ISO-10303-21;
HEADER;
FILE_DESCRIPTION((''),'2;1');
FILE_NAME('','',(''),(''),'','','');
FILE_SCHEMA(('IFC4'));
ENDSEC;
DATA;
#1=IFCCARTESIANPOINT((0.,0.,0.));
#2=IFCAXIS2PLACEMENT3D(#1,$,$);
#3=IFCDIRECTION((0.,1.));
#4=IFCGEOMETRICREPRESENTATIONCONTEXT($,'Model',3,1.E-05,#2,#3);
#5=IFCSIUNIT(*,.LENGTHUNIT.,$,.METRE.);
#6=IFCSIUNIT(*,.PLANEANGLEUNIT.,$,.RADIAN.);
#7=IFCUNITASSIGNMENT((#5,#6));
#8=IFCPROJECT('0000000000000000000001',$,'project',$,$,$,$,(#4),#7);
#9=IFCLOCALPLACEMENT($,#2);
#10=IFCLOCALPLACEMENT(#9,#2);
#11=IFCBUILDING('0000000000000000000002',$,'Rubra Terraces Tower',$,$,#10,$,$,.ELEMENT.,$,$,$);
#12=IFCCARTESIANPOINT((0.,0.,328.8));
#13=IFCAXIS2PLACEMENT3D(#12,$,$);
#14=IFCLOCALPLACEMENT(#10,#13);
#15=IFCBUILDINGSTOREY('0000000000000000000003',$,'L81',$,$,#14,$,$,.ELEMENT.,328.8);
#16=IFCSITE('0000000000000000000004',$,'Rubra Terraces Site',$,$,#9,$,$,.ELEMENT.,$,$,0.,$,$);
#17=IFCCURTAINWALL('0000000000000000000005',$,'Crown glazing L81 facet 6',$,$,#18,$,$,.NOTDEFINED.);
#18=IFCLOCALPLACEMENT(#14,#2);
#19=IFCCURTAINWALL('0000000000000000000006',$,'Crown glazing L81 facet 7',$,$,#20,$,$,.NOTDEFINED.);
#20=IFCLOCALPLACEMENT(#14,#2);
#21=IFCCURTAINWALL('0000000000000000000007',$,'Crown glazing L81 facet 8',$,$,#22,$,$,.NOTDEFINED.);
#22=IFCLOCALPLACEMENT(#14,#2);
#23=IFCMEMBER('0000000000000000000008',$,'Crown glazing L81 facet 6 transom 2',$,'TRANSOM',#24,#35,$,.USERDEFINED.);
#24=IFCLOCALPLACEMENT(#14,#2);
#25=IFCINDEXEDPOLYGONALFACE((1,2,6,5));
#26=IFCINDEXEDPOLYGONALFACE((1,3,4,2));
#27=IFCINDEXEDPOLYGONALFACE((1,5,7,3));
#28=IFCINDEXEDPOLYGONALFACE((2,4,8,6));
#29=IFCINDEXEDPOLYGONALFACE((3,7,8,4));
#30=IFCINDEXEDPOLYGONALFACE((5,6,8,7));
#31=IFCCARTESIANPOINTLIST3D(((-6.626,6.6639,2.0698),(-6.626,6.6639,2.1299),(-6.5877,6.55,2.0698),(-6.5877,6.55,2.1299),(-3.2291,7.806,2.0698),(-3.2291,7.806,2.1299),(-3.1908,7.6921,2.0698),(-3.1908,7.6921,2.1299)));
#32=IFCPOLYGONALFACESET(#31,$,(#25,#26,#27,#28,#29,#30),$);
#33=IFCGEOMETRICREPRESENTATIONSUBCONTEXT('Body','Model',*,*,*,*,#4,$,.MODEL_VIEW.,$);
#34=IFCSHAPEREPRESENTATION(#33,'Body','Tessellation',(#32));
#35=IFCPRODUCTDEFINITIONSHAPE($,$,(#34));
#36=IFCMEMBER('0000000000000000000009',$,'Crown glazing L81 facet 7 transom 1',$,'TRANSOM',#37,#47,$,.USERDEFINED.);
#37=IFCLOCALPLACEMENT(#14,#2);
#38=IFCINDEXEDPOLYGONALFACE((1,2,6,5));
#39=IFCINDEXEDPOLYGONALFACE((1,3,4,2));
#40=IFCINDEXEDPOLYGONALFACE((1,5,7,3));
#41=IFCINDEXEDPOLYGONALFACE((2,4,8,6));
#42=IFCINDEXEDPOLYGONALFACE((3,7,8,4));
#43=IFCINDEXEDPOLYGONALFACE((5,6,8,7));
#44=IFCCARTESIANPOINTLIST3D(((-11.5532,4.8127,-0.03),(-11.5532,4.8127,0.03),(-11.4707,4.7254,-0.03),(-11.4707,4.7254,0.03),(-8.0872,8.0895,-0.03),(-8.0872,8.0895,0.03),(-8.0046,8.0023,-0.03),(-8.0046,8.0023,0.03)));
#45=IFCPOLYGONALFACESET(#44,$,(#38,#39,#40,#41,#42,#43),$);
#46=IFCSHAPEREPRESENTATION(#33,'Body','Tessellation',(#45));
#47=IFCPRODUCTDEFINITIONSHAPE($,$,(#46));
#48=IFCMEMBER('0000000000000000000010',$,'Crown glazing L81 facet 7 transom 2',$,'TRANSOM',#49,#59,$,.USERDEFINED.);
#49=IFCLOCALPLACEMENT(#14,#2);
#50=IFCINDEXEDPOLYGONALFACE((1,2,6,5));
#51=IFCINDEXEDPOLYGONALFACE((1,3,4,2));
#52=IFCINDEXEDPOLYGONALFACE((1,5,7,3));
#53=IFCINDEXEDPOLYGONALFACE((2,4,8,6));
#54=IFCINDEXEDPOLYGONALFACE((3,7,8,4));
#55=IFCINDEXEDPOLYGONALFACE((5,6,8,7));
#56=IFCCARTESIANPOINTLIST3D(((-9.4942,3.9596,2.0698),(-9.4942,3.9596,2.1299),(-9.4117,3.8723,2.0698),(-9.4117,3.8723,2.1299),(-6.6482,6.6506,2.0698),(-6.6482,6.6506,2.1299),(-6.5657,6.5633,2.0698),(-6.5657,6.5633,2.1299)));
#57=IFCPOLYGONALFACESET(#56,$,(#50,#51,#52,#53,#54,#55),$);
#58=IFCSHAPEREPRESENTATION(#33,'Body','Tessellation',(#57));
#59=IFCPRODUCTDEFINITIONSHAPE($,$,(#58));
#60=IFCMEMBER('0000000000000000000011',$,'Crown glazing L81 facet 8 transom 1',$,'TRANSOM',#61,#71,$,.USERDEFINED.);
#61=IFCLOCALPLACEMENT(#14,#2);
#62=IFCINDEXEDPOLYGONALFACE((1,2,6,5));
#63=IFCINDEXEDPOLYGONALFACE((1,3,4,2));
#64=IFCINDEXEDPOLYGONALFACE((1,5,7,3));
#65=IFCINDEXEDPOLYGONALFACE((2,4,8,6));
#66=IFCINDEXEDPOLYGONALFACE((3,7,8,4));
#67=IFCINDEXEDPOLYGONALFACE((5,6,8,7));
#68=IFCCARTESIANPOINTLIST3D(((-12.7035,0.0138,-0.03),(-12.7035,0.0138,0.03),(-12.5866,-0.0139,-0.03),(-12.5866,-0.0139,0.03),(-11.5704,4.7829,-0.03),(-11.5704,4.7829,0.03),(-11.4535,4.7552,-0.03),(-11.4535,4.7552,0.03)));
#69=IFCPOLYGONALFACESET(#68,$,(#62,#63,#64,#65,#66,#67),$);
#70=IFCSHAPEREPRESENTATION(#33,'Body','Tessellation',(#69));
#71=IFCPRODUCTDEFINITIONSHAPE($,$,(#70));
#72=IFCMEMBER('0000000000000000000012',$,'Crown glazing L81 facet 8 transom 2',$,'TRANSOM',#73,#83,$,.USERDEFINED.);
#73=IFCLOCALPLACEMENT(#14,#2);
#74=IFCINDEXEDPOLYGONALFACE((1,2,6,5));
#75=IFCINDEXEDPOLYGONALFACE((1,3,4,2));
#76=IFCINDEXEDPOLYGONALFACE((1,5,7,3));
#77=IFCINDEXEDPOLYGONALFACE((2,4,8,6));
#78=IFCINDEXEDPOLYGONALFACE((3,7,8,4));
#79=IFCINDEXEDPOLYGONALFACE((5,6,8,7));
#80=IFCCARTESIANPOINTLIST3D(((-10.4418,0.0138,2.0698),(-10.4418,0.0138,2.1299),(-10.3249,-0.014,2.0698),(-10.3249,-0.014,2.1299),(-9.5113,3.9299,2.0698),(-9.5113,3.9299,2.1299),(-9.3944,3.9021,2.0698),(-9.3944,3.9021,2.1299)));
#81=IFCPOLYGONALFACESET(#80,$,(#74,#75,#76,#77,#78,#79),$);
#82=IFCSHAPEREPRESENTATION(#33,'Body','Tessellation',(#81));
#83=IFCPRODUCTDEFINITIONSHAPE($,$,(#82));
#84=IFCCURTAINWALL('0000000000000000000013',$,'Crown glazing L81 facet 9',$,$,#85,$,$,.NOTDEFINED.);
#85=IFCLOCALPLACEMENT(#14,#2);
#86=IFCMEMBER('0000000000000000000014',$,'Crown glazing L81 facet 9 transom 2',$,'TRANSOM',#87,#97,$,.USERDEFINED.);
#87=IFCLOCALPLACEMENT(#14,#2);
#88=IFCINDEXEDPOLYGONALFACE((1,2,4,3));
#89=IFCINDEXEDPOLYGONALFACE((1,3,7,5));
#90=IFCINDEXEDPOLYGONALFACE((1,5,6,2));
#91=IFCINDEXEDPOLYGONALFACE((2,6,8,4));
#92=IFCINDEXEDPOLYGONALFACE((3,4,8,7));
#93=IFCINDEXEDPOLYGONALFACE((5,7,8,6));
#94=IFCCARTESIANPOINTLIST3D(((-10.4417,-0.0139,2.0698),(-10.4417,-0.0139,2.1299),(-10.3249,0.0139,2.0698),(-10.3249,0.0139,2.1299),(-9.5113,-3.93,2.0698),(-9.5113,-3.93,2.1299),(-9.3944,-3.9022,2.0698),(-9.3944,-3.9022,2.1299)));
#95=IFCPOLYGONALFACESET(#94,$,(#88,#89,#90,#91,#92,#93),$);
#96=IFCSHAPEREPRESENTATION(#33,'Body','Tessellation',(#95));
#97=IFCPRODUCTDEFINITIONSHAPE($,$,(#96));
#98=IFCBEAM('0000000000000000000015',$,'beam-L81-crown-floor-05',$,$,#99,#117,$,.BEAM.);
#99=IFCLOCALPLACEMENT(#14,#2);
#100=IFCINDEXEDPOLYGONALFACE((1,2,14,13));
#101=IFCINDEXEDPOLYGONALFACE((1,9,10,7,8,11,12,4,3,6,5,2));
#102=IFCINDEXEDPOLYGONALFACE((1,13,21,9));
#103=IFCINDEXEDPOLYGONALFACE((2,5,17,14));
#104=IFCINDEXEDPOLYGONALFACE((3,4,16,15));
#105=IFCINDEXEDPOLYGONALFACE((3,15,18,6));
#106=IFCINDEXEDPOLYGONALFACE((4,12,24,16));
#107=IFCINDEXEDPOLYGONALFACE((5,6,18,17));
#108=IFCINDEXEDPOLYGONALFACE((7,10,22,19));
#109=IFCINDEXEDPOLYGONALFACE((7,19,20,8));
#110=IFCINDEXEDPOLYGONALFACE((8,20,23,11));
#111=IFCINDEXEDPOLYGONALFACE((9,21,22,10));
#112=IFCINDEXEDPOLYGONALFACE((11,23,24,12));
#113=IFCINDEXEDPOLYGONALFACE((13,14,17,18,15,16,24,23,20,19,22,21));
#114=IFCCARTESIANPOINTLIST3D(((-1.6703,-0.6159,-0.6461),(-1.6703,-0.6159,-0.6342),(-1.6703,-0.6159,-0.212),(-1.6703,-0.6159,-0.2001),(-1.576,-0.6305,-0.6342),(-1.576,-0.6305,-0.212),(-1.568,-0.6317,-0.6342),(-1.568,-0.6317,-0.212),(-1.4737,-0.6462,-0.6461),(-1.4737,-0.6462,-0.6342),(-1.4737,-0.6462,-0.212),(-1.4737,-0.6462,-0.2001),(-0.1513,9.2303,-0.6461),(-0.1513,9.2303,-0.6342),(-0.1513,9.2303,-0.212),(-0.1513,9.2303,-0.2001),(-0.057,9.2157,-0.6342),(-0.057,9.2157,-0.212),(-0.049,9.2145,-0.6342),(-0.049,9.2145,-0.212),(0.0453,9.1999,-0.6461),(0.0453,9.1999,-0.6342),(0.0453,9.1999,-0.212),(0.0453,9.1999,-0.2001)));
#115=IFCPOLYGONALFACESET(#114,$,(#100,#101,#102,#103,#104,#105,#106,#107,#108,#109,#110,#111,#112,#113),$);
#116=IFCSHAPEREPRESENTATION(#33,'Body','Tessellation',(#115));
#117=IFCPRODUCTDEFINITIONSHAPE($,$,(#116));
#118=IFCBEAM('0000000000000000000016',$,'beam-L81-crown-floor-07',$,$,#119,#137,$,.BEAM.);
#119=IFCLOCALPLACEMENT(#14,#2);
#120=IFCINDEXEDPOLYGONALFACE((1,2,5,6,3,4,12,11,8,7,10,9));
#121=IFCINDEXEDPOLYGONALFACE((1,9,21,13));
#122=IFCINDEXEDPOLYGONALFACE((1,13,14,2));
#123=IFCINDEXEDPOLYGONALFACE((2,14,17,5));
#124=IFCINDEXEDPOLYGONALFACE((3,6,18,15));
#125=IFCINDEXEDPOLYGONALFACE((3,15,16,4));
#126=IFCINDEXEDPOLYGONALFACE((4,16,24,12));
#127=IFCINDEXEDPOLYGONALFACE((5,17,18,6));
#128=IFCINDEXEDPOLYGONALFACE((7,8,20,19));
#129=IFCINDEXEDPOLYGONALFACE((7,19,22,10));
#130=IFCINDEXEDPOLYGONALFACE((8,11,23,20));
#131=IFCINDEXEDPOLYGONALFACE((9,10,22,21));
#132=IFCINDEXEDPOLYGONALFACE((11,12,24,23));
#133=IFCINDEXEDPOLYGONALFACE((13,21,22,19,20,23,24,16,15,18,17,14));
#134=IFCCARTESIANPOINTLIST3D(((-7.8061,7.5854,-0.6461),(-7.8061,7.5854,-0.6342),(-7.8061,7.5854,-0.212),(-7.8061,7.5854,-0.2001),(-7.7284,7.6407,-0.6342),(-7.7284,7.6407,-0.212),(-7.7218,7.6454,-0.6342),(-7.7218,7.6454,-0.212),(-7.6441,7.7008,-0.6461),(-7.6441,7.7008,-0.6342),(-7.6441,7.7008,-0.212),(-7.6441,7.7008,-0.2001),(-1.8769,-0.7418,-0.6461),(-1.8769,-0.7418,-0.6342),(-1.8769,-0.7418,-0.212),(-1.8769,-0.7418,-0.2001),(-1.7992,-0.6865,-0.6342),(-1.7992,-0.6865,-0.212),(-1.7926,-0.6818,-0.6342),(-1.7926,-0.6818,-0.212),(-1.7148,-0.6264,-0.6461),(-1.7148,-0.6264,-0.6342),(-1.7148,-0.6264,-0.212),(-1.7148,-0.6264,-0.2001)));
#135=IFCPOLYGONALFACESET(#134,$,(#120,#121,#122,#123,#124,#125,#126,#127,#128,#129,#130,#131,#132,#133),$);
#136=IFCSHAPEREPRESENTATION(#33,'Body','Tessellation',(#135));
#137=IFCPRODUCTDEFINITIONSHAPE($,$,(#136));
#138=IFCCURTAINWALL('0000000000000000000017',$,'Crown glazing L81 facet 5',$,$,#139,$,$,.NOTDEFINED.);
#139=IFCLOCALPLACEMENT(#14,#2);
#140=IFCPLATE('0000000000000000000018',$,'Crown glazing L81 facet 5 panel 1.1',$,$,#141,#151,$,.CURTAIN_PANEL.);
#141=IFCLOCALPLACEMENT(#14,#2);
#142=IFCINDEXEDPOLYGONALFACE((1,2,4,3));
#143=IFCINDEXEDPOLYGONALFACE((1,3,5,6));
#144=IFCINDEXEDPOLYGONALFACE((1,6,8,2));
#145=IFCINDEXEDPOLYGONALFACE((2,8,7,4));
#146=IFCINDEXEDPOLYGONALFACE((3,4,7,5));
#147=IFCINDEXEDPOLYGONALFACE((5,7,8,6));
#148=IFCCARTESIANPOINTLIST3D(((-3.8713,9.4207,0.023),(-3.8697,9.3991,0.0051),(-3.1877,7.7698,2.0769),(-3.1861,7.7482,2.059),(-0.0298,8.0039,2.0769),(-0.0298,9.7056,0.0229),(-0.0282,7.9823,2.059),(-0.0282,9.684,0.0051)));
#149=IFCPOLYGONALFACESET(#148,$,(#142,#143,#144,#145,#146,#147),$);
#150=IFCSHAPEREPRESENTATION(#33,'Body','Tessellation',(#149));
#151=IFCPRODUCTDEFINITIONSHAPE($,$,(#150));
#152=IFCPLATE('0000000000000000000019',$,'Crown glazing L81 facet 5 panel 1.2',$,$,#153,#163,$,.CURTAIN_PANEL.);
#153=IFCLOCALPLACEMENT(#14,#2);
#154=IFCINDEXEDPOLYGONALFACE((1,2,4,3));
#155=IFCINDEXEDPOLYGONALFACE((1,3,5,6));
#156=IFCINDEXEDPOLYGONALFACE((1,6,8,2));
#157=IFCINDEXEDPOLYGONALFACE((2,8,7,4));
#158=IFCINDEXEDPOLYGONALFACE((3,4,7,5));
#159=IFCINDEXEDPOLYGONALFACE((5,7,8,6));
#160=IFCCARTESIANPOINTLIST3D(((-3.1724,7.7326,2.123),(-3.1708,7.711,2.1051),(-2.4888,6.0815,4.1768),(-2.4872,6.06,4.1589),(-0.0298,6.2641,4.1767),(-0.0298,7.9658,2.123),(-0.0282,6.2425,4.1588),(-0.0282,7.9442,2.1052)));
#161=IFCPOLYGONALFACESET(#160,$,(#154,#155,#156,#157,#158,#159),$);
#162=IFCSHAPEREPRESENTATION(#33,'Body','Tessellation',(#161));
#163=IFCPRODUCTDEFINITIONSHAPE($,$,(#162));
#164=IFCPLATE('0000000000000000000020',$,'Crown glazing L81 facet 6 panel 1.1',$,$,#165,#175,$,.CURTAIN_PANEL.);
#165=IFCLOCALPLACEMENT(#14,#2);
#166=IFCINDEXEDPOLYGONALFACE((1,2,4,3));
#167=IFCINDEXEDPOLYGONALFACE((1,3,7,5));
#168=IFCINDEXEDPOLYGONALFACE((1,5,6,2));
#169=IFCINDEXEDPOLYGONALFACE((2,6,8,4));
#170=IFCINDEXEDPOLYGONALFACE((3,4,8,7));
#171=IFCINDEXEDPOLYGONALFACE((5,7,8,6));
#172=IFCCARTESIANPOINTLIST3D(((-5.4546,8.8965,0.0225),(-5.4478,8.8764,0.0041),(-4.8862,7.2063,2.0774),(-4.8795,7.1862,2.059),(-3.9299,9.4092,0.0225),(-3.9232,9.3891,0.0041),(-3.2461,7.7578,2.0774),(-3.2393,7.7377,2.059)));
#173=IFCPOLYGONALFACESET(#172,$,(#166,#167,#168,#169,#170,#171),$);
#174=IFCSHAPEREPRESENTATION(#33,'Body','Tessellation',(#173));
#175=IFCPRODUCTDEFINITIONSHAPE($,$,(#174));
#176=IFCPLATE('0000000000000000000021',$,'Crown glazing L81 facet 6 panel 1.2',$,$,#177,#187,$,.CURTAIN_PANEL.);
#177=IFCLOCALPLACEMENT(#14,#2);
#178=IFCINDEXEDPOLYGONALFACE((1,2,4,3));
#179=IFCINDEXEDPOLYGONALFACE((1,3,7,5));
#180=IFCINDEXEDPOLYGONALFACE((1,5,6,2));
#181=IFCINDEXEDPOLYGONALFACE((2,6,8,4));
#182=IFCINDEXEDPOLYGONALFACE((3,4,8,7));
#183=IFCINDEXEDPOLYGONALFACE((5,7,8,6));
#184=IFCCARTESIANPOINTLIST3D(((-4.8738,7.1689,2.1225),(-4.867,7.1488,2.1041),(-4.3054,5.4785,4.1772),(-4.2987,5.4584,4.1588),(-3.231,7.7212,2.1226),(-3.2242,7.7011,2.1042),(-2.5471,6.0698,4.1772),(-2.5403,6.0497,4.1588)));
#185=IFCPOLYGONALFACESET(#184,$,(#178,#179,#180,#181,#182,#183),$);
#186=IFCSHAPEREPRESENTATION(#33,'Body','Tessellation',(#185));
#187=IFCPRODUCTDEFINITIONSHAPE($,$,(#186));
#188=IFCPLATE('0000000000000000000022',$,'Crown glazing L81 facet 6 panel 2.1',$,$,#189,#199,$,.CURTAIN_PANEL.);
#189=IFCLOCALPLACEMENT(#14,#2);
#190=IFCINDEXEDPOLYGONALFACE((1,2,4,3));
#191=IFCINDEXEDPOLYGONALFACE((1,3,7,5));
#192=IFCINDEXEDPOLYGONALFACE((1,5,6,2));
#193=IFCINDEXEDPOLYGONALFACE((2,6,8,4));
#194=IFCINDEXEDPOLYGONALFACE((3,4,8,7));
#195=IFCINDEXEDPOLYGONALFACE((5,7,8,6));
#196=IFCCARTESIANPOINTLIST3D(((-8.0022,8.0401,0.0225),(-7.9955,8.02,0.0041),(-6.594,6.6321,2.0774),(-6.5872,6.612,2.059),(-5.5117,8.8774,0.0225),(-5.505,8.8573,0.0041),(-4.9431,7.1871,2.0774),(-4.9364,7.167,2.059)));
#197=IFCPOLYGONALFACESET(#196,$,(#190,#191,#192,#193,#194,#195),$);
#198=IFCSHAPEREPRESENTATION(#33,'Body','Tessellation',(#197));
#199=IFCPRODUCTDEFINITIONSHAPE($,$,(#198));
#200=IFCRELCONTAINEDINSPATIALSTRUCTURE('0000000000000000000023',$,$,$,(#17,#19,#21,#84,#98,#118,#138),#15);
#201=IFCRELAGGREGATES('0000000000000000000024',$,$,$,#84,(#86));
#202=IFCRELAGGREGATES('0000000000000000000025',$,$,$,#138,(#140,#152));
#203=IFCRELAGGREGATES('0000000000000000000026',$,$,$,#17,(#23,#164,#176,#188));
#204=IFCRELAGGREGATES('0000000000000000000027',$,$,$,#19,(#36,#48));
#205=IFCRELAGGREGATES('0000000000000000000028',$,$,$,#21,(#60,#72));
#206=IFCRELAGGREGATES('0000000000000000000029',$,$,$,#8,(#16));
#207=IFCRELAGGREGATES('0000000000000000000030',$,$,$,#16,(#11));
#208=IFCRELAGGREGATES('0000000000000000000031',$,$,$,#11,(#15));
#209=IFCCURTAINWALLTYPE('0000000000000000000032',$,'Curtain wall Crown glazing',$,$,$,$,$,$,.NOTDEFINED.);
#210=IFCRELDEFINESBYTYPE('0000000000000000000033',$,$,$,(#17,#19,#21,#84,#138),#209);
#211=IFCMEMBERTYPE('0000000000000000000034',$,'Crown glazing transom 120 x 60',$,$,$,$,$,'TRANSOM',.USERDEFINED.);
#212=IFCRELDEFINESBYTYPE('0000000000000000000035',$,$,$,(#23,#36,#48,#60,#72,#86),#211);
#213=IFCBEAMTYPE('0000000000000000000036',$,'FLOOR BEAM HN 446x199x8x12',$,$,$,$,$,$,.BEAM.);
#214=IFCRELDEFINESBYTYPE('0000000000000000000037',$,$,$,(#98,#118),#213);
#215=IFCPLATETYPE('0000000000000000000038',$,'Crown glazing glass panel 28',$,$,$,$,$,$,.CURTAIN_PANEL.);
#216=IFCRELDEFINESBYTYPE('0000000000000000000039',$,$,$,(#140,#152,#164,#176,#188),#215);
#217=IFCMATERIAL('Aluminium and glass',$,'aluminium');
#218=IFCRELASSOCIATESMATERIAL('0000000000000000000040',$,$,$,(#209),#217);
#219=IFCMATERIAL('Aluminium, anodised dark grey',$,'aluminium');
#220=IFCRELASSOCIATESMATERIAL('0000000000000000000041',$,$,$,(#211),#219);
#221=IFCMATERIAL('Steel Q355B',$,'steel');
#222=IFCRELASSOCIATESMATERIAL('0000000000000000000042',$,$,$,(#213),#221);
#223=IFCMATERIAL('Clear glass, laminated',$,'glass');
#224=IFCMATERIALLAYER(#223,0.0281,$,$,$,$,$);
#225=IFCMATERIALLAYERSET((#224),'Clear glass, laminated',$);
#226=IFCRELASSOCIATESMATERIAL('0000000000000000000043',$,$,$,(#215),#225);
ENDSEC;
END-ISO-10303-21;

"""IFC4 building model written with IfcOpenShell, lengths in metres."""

from ifc_helpers import new_model, si_unit, direction, frame, origin, origin_2d, place, context, subcontext, project, spatial, polyline, rectangle, i_section, outline, extrude, material, layer, layer_set, material_profile, profile_set, type_object, element, aggregate, save


model = new_model("IFC4")

# Units and contexts
model_context = context("Model", 3, precision=1e-05, world=origin(), true_north=direction((0.0, 1.0)))
body_context = subcontext(model_context, "Body", "Model", "MODEL_VIEW")
ifc_project = project(units=[si_unit("LENGTHUNIT", "METRE"), si_unit("PLANEANGLEUNIT", "RADIAN")], contexts=[model_context])

# Site, building, storey
site_placement = place(None, origin())
site = spatial("IfcSite", under=ifc_project, at=site_placement, Name="Rubra Terraces Site", CompositionType="ELEMENT", RefElevation=0.0)
building_placement = place(site_placement, origin())
building = spatial("IfcBuilding", under=site, at=building_placement, Name="Rubra Terraces Tower", CompositionType="ELEMENT")
storey_placement = place(building_placement, frame((0.0, 0.0, 328.8)))
storey = spatial("IfcBuildingStorey", under=building, at=storey_placement, Name="L81", CompositionType="ELEMENT", Elevation=328.8)

# Shared definitions
ifc_material_1 = material(Name="Steel Q355B", Category="steel")

# Curtain walls
ifc_material_2 = material(Name="Aluminium and glass", Category="aluminium")
curtain_wall_type = type_object("IfcCurtainWallType", Name="Curtain wall Crown glazing", PredefinedType="NOTDEFINED", material=ifc_material_2)
curtain_wall_1_placement = place(storey_placement, origin())
curtain_wall_1 = element("IfcCurtainWall", 1, at=curtain_wall_1_placement, inside=storey, type_object=curtain_wall_type, Name="Crown glazing L81 facet 6", PredefinedType="NOTDEFINED")
ifc_material_3 = material(Name="Aluminium, anodised dark grey", Category="aluminium")
curtain_wall_2_placement = place(storey_placement, origin())
curtain_wall_2 = element("IfcCurtainWall", 2, at=curtain_wall_2_placement, inside=storey, type_object=curtain_wall_type, Name="Crown glazing L81 facet 7", PredefinedType="NOTDEFINED")
curtain_wall_3_placement = place(storey_placement, origin())
curtain_wall_3 = element("IfcCurtainWall", 3, at=curtain_wall_3_placement, inside=storey, type_object=curtain_wall_type, Name="Crown glazing L81 facet 8", PredefinedType="NOTDEFINED")

# Members
ifc_material_profile_1 = material_profile(ifc_material_3, rectangle(XDim=0.1201, YDim=0.0601, at=origin_2d()), Name="AL 120x60")
ifc_profile_set_1 = profile_set([ifc_material_profile_1], Name="Aluminium, anodised dark grey")
member_type_1 = type_object("IfcMemberType", Name="Crown glazing transom 120 x 60", ElementType="TRANSOM", PredefinedType="USERDEFINED", material=ifc_profile_set_1)
member_1_placement = place(storey_placement, frame((-3.21, 7.749, 2.0999), z_axis=(-0.947863, -0.318679, 0.0), x_axis=(0.318679, -0.947863, 0.0)))
member_1 = element("IfcMember", 4, at=member_1_placement, type_object=member_type_1, Name="Crown glazing L81 facet 6 transom 2", ObjectType="TRANSOM", PredefinedType="USERDEFINED", context=body_context, shape_type="SweptSolid", body=[
    extrude(rectangle(XDim=0.1201, YDim=0.0601, at=origin_2d()), origin(), (0.0, 0.0, 1.0), 3.5837),
])
member_2_placement = place(storey_placement, frame((-8.0459, 8.0459, 0.0), z_axis=(-0.726662, -0.686995, 0.0), x_axis=(0.686995, -0.726662, 0.0)))
member_2 = element("IfcMember", 5, at=member_2_placement, type_object=member_type_1, Name="Crown glazing L81 facet 7 transom 1", ObjectType="TRANSOM", PredefinedType="USERDEFINED", context=body_context, shape_type="SweptSolid", body=[
    extrude(rectangle(XDim=0.1201, YDim=0.0601, at=origin_2d()), origin(), (0.0, 0.0, 1.0), 4.7698),
])
member_3_placement = place(storey_placement, frame((-6.6069, 6.6069, 2.0999), z_axis=(-0.726621, -0.687039, 0.0), x_axis=(0.687039, -0.726621, 0.0)))
member_3 = element("IfcMember", 6, at=member_3_placement, type_object=member_type_1, Name="Crown glazing L81 facet 7 transom 2", ObjectType="TRANSOM", PredefinedType="USERDEFINED", context=body_context, shape_type="SweptSolid", body=[
    extrude(rectangle(XDim=0.1201, YDim=0.0601, at=origin_2d()), origin(), (0.0, 0.0, 1.0), 3.9167),
])
member_4_placement = place(storey_placement, frame((-11.512, 4.769, 0.0), z_axis=(-0.231151, -0.972918, 0.0), x_axis=(0.972918, -0.231151, 0.0)))
member_4 = element("IfcMember", 7, at=member_4_placement, type_object=member_type_1, Name="Crown glazing L81 facet 8 transom 1", ObjectType="TRANSOM", PredefinedType="USERDEFINED", context=body_context, shape_type="SweptSolid", body=[
    extrude(rectangle(XDim=0.1201, YDim=0.0601, at=origin_2d()), origin(), (0.0, 0.0, 1.0), 4.9019),
])
member_5_placement = place(storey_placement, frame((-9.4529, 3.916, 2.0999), z_axis=(-0.231159, -0.972916, 0.0), x_axis=(0.972916, -0.231159, 0.0)))
member_5 = element("IfcMember", 8, at=member_5_placement, type_object=member_type_1, Name="Crown glazing L81 facet 8 transom 2", ObjectType="TRANSOM", PredefinedType="USERDEFINED", context=body_context, shape_type="SweptSolid", body=[
    extrude(rectangle(XDim=0.1201, YDim=0.0601, at=origin_2d()), origin(), (0.0, 0.0, 1.0), 4.0251),
])

# Curtain wall, member
curtain_wall_4_placement = place(storey_placement, origin())
curtain_wall_4 = element("IfcCurtainWall", 9, at=curtain_wall_4_placement, inside=storey, type_object=curtain_wall_type, Name="Crown glazing L81 facet 9", PredefinedType="NOTDEFINED")
member_6_placement = place(storey_placement, frame((-10.3833, 0.0, 2.0999), z_axis=(0.231159, -0.972916, 0.0), x_axis=(0.972916, 0.231159, 0.0)))
member_6 = element("IfcMember", 10, at=member_6_placement, type_object=member_type_1, Name="Crown glazing L81 facet 9 transom 2", ObjectType="TRANSOM", PredefinedType="USERDEFINED", context=body_context, shape_type="SweptSolid", body=[
    extrude(rectangle(XDim=0.1201, YDim=0.0601, at=origin_2d()), origin(), (0.0, 0.0, 1.0), 4.0251),
])
aggregate(curtain_wall_4, [member_6])

# Beams
ifc_material_profile_2 = material_profile(ifc_material_1, i_section(OverallWidth=0.199, OverallDepth=0.446, WebThickness=0.0081, FlangeThickness=0.012, at=origin_2d()), Name="HN 446x199x8x12")
ifc_profile_set_2 = profile_set([ifc_material_profile_2], Name="Steel Q355B")
beam_type_1 = type_object("IfcBeamType", Name="FLOOR BEAM HN 446x199x8x12", PredefinedType="BEAM", material=ifc_profile_set_2)
beam_1_placement = place(storey_placement, frame((-0.053, 9.2151, -0.4231), z_axis=(-0.152473, -0.988308, 0.0), x_axis=(0.988308, -0.152473, 0.0)))
element("IfcBeam", 11, at=beam_1_placement, inside=storey, type_object=beam_type_1, Name="beam-L81-crown-floor-05", PredefinedType="BEAM", context=body_context, shape_type="SweptSolid", body=[
    extrude(i_section(OverallWidth=0.199, OverallDepth=0.446, WebThickness=0.0081, FlangeThickness=0.012, at=origin_2d()), origin(), (0.0, 0.0, 1.0), 9.9626),
])
beam_2_placement = place(storey_placement, frame((-7.7251, 7.6431, -0.4231), z_axis=(0.580022, -0.814601, 0.0), x_axis=(0.814601, 0.580022, 0.0)))
element("IfcBeam", 12, at=beam_2_placement, inside=storey, type_object=beam_type_1, Name="beam-L81-crown-floor-07", PredefinedType="BEAM", context=body_context, shape_type="SweptSolid", body=[
    extrude(i_section(OverallWidth=0.199, OverallDepth=0.446, WebThickness=0.0081, FlangeThickness=0.012, at=origin_2d()), origin(), (0.0, 0.0, 1.0), 10.2224),
])

# Curtain wall, plates
curtain_wall_5_placement = place(storey_placement, origin())
curtain_wall_5 = element("IfcCurtainWall", 13, at=curtain_wall_5_placement, inside=storey, type_object=curtain_wall_type, Name="Crown glazing L81 facet 5", PredefinedType="NOTDEFINED")
ifc_material_4 = material(Name="Clear glass, laminated", Category="glass")
ifc_layer_1 = layer(ifc_material_4, 0.0281)
ifc_layer_set_1 = layer_set([ifc_layer_1], Name="Clear glass, laminated")
plate_type = type_object("IfcPlateType", Name="Crown glazing glass panel 28", PredefinedType="CURTAIN_PANEL", material=ifc_layer_set_1)
plate_1_placement = place(storey_placement, frame((-0.0298, 9.7056, 0.0229), z_axis=(-0.057011, 0.768812, 0.636928), x_axis=(-0.997262, -0.073956, 0.000006)))
plate_1 = element("IfcPlate", 14, at=plate_1_placement, type_object=plate_type, Name="Crown glazing L81 facet 5 panel 1.1", PredefinedType="CURTAIN_PANEL", context=body_context, shape_type="SweptSolid", body=[
    extrude(outline(polyline([(0.0, 0.0), (3.8521, 0.0), (3.2925, 2.6643), (0.1259, 2.6643), (0.0, 0.0)])), origin(), (0.0, 0.0, -1.0), 0.0281),
])
plate_2_placement = place(storey_placement, frame((-0.0298, 7.9658, 2.123), z_axis=(-0.05706, 0.768746, 0.637004), x_axis=(-0.997258, -0.074008, -0.000016)))
plate_2 = element("IfcPlate", 15, at=plate_2_placement, type_object=plate_type, Name="Crown glazing L81 facet 5 panel 1.2", PredefinedType="CURTAIN_PANEL", context=body_context, shape_type="SweptSolid", body=[
    extrude(outline(polyline([(0.0, 0.0), (3.1512, 0.0), (2.5917, 2.6642), (0.1259, 2.6641), (0.0, 0.0)])), origin(), (0.0, 0.0, -1.0), 0.0281),
])
aggregate(curtain_wall_5, [plate_1, plate_2])

# Plates
plate_3_placement = place(storey_placement, frame((-3.9299, 9.4092, 0.0225), z_axis=(-0.240728, 0.715889, 0.655403), x_axis=(-0.947846, -0.318729, 0.000002)))
plate_3 = element("IfcPlate", 16, at=plate_3_placement, type_object=plate_type, Name="Crown glazing L81 facet 6 panel 1.1", PredefinedType="CURTAIN_PANEL", context=body_context, shape_type="SweptSolid", body=[
    extrude(outline(polyline([(0.0, 0.0), (1.6086, 0.0), (1.6085, 2.7208), (-0.1218, 2.7208), (0.0, 0.0)])), origin(), (0.0, 0.0, -1.0), 0.0281),
])
plate_4_placement = place(storey_placement, frame((-3.231, 7.7212, 2.1226), z_axis=(-0.240686, 0.71584, 0.655472), x_axis=(-0.947866, -0.31867, -0.000032)))
plate_4 = element("IfcPlate", 17, at=plate_4_placement, type_object=plate_type, Name="Crown glazing L81 facet 6 panel 1.2", PredefinedType="CURTAIN_PANEL", context=body_context, shape_type="SweptSolid", body=[
    extrude(outline(polyline([(0.0, 0.0), (1.7332, 0.0), (1.7331, 2.7207), (-0.122, 2.7206), (0.0, 0.0)])), origin(), (0.0, 0.0, -1.0), 0.0281),
])
plate_5_placement = place(storey_placement, frame((-5.5117, 8.8774, 0.0225), z_axis=(-0.240676, 0.715866, 0.655448), x_axis=(-0.947859, -0.318689, 0.000017)))
plate_5 = element("IfcPlate", 18, at=plate_5_placement, type_object=plate_type, Name="Crown glazing L81 facet 6 panel 2.1", PredefinedType="CURTAIN_PANEL", context=body_context, shape_type="SweptSolid", body=[
    extrude(outline(polyline([(0.0, 0.0), (2.6275, 0.0), (1.7415, 2.7209), (-0.0002, 2.721), (0.0, 0.0)])), origin(), (0.0, 0.0, -1.0), 0.0281),
])
aggregate(curtain_wall_1, [member_1, plate_3, plate_4, plate_5])
aggregate(curtain_wall_2, [member_2, member_3])
aggregate(curtain_wall_3, [member_4, member_5])

save(model, "model.ifc")
